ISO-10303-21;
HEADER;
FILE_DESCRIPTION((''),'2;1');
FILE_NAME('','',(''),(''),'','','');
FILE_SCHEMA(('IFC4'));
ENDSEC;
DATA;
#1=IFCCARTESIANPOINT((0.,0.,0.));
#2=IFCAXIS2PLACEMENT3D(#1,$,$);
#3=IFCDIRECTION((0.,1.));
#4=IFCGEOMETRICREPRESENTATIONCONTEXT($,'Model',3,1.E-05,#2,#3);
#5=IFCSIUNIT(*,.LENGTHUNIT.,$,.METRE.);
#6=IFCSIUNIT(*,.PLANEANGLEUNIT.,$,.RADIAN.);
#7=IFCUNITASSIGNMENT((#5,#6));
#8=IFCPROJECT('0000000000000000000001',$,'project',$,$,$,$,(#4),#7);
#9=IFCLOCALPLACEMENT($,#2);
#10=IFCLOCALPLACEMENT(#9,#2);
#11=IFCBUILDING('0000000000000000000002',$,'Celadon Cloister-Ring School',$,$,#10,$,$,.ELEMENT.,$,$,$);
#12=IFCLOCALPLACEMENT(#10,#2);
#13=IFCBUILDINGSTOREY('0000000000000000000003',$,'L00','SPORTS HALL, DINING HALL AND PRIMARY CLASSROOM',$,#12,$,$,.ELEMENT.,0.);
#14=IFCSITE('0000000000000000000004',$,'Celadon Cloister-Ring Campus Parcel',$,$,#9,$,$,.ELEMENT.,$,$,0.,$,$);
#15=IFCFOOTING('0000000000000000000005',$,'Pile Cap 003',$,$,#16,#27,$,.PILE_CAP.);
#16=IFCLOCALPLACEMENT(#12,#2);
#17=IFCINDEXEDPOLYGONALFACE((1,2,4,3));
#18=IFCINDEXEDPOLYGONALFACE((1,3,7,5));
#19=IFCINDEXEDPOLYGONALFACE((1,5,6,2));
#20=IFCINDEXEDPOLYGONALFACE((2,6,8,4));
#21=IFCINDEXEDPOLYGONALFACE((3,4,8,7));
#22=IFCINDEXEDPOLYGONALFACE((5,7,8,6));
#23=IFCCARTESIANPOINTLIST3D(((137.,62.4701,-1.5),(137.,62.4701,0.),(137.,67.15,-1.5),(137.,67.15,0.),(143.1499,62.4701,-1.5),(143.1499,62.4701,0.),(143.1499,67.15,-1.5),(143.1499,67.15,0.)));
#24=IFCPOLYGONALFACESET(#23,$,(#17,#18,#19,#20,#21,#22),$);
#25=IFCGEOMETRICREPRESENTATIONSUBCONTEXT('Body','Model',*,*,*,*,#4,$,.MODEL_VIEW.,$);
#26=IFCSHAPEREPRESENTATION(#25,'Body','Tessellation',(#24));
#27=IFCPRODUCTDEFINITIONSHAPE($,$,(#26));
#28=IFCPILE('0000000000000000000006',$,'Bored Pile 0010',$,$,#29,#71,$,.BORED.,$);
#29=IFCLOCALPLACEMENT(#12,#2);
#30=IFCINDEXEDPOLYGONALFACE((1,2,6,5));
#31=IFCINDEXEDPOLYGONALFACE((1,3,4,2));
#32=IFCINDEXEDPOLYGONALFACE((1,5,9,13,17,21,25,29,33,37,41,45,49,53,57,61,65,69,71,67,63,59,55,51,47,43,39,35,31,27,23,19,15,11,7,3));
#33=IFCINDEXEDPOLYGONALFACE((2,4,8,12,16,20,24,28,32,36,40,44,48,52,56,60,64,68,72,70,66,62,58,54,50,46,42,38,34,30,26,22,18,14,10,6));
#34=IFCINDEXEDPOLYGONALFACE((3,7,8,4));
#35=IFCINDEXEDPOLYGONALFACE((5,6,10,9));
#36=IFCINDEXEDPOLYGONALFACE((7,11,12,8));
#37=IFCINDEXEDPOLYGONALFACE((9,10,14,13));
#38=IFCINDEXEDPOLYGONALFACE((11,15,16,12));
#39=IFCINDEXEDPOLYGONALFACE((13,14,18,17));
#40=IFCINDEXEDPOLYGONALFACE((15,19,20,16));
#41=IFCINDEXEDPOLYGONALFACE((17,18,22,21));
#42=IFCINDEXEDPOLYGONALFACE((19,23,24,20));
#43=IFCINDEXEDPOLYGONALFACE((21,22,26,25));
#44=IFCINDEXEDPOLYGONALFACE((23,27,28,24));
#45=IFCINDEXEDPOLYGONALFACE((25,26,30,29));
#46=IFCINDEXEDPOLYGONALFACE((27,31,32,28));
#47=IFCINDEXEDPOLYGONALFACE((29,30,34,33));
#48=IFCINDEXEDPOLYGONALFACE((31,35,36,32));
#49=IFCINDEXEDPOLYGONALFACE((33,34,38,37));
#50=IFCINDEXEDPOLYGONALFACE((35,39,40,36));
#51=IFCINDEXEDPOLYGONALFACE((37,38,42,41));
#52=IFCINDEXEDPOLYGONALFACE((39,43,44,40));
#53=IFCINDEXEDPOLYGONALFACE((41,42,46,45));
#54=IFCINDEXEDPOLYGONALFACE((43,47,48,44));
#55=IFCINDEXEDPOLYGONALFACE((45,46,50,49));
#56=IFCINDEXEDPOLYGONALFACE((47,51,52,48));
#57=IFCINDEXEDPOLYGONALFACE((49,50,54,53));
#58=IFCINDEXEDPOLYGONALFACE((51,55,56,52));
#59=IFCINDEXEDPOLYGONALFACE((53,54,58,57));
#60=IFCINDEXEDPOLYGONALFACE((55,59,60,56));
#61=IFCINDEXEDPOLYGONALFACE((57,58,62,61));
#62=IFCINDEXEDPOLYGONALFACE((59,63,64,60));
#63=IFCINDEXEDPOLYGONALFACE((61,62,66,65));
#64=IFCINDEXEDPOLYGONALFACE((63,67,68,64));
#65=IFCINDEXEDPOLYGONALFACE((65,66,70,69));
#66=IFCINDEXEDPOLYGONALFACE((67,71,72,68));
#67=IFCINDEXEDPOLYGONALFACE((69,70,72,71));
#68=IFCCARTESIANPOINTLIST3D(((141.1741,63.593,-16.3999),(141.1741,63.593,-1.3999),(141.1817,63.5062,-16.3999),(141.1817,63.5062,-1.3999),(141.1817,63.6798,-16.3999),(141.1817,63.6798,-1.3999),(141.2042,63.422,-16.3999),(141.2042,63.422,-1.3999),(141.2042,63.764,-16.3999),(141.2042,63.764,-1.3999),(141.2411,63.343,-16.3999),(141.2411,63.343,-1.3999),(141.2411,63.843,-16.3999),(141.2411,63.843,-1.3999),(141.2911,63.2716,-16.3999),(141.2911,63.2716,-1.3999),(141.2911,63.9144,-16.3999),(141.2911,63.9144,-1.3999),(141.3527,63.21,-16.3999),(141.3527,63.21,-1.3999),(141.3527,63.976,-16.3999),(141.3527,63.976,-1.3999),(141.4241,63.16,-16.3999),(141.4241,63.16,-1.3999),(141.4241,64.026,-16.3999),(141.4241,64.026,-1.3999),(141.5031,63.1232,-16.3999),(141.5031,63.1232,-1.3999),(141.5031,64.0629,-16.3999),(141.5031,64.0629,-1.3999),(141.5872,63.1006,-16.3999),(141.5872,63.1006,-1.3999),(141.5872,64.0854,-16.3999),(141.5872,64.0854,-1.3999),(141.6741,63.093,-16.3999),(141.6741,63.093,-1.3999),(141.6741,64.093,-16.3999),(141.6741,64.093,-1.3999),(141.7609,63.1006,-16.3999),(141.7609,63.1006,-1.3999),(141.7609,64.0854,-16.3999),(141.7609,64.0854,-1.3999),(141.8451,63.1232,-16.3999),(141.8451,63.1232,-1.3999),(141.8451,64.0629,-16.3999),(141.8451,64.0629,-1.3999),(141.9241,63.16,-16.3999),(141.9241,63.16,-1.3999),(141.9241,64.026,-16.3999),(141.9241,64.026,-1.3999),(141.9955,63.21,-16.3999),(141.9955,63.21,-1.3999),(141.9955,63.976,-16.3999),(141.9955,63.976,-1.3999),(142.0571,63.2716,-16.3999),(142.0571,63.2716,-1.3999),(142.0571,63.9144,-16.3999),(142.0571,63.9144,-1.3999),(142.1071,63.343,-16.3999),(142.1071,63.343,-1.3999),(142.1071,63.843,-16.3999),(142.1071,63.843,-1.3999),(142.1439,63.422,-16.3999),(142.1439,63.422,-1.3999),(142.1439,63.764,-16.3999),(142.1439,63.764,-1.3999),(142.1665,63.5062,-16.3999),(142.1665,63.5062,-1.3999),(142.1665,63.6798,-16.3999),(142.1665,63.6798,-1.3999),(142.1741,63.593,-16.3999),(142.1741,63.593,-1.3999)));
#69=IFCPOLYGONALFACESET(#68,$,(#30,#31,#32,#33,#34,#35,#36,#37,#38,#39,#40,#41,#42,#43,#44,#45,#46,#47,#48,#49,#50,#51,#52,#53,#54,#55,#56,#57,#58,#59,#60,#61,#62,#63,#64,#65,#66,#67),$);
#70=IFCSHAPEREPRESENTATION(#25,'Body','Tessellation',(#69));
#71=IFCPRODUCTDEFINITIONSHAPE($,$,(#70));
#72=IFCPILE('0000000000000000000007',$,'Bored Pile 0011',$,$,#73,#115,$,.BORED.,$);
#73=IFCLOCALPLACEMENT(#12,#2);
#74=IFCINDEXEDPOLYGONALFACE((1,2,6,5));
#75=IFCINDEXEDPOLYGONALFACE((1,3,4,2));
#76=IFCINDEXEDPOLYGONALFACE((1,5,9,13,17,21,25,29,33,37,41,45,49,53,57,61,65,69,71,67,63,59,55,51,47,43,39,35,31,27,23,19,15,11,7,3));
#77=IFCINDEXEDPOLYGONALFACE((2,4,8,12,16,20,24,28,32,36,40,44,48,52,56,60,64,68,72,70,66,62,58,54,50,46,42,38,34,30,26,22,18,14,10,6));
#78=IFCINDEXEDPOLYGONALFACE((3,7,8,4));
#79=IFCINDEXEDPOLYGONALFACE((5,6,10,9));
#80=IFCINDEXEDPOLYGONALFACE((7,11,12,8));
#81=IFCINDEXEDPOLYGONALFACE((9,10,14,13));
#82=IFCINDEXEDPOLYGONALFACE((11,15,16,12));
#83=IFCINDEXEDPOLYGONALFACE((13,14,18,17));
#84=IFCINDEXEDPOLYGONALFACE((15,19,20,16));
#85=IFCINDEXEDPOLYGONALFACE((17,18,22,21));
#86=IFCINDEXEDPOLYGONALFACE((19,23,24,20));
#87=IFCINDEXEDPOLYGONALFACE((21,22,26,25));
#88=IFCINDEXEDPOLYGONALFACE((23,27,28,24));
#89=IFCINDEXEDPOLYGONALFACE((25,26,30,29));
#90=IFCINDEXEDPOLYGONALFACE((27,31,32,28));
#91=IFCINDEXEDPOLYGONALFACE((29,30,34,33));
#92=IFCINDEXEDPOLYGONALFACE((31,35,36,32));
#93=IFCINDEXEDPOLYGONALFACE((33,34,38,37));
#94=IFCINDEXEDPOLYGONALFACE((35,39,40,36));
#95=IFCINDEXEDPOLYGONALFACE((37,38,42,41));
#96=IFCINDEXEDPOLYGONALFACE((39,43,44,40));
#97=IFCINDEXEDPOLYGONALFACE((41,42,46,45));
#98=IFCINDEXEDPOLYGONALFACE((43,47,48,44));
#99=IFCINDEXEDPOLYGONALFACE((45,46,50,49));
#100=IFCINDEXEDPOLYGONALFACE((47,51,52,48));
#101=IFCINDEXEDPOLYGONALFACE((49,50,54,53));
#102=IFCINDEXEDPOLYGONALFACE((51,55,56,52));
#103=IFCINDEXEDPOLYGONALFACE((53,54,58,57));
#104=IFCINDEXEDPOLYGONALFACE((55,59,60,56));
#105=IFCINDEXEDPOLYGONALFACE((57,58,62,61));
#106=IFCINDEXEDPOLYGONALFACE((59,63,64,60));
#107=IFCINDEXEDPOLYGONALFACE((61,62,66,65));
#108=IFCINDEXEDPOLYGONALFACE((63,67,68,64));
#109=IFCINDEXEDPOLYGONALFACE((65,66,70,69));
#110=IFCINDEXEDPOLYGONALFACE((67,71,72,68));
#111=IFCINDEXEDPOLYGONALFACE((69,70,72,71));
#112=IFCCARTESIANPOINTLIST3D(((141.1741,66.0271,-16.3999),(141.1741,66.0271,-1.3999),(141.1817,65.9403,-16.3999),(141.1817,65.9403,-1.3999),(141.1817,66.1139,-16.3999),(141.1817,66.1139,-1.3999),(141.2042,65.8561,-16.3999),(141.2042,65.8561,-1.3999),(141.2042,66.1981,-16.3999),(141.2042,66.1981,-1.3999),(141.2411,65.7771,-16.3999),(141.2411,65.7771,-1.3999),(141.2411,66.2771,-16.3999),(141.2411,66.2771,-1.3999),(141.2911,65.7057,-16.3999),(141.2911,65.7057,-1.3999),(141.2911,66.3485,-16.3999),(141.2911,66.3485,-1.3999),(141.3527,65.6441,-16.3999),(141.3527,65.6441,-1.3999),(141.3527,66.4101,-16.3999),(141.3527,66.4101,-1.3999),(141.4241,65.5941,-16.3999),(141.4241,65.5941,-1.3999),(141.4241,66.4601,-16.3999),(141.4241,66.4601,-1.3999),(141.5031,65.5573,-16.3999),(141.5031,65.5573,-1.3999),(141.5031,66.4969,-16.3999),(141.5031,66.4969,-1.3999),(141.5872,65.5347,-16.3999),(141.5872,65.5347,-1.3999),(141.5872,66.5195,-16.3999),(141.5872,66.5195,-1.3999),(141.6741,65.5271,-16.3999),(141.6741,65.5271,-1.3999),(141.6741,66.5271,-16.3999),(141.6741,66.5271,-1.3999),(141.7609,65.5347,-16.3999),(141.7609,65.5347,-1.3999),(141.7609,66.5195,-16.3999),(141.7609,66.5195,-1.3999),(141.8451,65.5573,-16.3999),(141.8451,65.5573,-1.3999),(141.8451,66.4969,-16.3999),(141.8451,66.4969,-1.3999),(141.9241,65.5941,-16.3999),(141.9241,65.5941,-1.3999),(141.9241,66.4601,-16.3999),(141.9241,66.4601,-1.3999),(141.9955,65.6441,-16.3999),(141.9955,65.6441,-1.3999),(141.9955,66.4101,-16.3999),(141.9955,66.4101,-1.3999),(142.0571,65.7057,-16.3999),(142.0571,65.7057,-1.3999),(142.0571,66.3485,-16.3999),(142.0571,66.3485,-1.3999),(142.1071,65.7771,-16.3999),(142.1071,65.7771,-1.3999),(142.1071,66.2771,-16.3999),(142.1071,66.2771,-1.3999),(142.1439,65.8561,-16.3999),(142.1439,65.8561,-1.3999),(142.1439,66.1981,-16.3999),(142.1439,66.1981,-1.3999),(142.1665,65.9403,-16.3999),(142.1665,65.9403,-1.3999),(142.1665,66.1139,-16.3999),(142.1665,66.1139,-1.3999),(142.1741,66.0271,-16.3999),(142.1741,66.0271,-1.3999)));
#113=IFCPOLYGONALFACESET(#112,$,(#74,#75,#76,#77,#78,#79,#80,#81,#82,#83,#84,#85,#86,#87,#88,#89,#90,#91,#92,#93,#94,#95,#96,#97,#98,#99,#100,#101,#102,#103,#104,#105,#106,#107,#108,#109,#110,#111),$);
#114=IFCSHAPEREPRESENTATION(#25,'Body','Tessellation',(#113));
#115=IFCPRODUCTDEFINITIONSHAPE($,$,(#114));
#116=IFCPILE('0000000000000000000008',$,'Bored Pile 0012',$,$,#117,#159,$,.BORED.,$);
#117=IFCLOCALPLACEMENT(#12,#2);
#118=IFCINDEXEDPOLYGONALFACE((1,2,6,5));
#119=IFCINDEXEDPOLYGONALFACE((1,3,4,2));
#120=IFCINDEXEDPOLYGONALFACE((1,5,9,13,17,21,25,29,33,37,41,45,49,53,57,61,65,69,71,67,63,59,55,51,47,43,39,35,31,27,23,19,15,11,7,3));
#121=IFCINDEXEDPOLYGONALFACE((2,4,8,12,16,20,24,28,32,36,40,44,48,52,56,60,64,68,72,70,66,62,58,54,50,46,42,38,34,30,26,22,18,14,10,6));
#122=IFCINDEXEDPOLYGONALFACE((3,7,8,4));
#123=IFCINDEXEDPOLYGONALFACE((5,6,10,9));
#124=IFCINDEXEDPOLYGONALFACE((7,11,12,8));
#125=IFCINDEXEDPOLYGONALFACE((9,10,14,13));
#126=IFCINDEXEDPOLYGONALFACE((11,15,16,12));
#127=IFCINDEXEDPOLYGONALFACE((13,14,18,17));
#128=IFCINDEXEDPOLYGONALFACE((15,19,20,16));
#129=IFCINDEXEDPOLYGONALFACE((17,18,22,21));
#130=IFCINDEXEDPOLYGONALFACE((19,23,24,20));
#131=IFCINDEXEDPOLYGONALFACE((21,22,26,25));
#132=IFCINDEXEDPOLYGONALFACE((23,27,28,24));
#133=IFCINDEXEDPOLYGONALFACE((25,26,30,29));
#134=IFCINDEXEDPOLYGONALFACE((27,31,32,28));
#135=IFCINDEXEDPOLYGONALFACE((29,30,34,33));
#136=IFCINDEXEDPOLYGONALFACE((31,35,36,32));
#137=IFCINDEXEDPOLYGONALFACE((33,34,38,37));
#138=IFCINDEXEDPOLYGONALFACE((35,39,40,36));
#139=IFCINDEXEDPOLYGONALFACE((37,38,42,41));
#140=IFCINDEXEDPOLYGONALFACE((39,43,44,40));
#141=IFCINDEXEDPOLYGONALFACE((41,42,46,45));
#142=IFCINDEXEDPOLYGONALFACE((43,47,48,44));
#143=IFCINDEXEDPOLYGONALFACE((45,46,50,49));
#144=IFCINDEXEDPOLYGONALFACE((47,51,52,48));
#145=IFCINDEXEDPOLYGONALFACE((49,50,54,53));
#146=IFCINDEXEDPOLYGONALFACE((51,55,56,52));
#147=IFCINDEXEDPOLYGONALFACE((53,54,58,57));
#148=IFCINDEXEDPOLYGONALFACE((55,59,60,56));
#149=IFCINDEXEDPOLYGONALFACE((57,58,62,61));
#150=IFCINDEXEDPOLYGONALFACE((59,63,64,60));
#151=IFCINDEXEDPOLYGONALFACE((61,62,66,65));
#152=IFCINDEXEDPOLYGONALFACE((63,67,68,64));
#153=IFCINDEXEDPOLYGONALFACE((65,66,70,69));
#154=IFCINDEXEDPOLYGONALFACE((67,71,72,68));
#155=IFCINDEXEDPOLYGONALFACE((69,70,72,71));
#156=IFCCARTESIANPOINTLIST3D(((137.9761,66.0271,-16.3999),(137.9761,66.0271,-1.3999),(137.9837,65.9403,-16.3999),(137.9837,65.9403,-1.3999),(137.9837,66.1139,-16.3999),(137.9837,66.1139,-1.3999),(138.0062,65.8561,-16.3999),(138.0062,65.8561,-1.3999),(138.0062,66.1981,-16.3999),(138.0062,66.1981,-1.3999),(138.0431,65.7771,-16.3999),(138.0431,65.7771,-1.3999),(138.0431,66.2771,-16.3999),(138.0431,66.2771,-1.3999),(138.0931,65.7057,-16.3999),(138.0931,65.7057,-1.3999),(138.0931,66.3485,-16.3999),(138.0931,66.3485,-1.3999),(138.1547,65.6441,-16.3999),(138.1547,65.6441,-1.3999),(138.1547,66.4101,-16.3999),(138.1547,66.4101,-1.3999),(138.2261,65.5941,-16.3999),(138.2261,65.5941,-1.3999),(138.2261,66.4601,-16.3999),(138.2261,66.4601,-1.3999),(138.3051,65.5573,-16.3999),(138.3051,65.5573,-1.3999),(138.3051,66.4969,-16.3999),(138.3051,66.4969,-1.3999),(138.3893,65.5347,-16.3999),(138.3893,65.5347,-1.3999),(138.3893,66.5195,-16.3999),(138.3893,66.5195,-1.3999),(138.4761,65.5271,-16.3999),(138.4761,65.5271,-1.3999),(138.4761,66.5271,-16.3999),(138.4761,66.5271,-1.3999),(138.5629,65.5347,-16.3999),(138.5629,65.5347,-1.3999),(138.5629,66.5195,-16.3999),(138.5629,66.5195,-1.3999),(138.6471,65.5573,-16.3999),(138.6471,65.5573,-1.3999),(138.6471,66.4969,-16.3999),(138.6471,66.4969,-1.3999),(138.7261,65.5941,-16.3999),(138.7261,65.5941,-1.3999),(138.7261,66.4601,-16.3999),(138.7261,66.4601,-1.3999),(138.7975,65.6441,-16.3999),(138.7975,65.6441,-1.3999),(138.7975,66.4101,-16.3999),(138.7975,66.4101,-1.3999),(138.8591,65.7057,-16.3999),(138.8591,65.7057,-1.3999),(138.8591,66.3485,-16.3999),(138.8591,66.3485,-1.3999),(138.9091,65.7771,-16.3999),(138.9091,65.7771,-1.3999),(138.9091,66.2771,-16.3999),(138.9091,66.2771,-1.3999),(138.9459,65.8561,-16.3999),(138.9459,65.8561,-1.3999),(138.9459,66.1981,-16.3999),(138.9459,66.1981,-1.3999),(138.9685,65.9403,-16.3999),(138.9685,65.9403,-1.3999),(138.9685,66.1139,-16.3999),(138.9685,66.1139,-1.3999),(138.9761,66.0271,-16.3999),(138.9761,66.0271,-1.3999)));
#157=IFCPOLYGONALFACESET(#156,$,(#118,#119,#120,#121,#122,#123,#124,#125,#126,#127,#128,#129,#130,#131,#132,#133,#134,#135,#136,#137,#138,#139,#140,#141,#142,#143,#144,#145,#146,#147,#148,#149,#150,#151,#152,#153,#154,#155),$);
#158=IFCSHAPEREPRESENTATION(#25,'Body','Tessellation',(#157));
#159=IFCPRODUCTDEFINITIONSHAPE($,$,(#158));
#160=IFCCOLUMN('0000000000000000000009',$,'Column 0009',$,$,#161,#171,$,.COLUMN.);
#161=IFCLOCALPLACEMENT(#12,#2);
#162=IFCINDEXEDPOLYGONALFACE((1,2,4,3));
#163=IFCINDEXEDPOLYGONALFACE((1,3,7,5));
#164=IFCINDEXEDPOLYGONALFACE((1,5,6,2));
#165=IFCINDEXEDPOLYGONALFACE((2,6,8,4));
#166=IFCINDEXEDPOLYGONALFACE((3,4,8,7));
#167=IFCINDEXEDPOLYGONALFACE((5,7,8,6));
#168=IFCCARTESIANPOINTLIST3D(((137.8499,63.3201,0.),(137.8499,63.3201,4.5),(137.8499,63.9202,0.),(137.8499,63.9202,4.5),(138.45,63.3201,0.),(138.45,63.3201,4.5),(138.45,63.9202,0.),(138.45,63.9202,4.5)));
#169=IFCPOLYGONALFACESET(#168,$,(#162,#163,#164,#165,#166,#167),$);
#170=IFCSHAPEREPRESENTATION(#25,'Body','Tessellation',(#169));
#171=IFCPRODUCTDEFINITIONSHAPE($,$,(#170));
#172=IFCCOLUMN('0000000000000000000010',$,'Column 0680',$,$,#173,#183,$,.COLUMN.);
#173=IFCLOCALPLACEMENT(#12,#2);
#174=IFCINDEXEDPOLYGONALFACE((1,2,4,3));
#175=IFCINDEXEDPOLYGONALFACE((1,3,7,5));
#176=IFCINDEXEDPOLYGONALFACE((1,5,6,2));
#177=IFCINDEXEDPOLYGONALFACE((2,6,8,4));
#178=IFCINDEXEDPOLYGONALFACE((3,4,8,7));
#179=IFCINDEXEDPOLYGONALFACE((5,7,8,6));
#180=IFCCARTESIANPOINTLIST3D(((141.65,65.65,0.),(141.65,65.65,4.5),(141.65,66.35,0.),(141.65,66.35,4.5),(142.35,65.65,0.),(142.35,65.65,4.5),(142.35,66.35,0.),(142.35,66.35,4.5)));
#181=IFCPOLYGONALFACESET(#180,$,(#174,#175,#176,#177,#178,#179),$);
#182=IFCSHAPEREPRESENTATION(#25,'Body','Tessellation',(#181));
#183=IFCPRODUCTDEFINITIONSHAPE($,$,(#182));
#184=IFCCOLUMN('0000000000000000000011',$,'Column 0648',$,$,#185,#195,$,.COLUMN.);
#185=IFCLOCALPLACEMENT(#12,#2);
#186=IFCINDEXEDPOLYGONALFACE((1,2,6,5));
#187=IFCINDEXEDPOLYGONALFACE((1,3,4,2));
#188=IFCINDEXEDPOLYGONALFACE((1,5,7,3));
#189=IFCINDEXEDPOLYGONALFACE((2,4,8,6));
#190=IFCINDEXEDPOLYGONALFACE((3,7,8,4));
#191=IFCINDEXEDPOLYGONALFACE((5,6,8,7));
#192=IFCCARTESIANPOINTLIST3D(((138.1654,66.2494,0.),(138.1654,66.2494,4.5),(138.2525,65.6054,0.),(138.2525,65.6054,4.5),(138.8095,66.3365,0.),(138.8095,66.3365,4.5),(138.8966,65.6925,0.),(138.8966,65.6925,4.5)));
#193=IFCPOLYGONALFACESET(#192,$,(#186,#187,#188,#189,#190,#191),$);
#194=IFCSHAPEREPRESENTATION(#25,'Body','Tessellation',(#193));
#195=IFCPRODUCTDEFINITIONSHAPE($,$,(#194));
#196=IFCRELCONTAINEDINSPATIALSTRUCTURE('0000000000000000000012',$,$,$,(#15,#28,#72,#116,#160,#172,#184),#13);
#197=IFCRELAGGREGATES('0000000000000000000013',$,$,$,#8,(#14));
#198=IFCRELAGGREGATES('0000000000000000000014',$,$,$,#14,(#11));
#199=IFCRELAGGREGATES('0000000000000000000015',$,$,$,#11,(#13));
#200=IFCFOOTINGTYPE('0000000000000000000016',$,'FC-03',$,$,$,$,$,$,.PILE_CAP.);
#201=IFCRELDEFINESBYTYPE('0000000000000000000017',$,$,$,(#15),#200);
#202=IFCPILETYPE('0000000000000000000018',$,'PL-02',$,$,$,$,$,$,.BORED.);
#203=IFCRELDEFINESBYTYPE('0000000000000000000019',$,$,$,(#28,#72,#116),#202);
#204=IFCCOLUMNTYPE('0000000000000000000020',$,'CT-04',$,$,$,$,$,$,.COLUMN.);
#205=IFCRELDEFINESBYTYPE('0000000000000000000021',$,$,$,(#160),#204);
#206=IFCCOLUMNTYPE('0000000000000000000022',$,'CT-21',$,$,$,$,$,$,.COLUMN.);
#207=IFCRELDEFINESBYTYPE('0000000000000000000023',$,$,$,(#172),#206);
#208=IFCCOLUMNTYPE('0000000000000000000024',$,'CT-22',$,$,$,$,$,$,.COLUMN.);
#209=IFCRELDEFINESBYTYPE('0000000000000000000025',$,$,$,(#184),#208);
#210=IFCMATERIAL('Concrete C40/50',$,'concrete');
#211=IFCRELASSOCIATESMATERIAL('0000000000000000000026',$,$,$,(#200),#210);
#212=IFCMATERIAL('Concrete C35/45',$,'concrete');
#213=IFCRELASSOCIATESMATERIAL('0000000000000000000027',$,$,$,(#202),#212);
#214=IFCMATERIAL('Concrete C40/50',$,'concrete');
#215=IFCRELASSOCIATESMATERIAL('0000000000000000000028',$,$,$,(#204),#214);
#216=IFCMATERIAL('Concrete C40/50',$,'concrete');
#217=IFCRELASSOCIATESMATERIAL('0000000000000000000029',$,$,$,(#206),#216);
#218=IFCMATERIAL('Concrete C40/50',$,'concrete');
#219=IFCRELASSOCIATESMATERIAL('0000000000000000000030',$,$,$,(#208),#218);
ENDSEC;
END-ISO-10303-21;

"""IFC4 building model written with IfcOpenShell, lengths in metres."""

from ifc_helpers import new_model, si_unit, direction, frame, origin, origin_2d, place, context, subcontext, project, spatial, rectangle, circle, extrude, material, material_profile, profile_set, type_object, element, save


model = new_model("IFC4")

# Units and contexts
model_context = context("Model", 3, precision=1e-05, world=origin(), true_north=direction((0.0, 1.0)))
body_context = subcontext(model_context, "Body", "Model", "MODEL_VIEW")
ifc_project = project(units=[si_unit("LENGTHUNIT", "METRE"), si_unit("PLANEANGLEUNIT", "RADIAN")], contexts=[model_context])

# Site, building, storey
site_placement = place(None, origin())
site = spatial("IfcSite", under=ifc_project, at=site_placement, Name="Celadon Cloister-Ring Campus Parcel", CompositionType="ELEMENT", RefElevation=0.0)
building_placement = place(site_placement, origin())
building = spatial("IfcBuilding", under=site, at=building_placement, Name="Celadon Cloister-Ring School", CompositionType="ELEMENT")
storey_placement = place(building_placement, origin())
storey = spatial("IfcBuildingStorey", under=building, at=storey_placement, Name="L00", Description="SPORTS HALL, DINING HALL AND PRIMARY CLASSROOM", CompositionType="ELEMENT", Elevation=0.0)

# Footing
ifc_material_1 = material(Name="Concrete C40/50", Category="concrete")
footing_type = type_object("IfcFootingType", Name="FC-03", PredefinedType="PILE_CAP", material=ifc_material_1)
footing_placement = place(storey_placement, frame((140.075, 64.8101, -1.5), z_axis=(0.0, 0.0, 1.0), x_axis=(1.0, 0.0, 0.0)))
element("IfcFooting", 1, at=footing_placement, inside=storey, type_object=footing_type, Name="Pile Cap 003", PredefinedType="PILE_CAP", context=body_context, shape_type="SweptSolid", body=[
    extrude(rectangle(XDim=6.1499, YDim=4.6799, at=origin_2d()), origin(), (0.0, 0.0, 1.0), 1.5),
])

# Piles
ifc_material_2 = material(Name="Concrete C35/45", Category="concrete")
ifc_material_profile_1 = material_profile(ifc_material_2, circle(Radius=0.5, at=origin_2d()), Name="PILE1000")
ifc_profile_set_1 = profile_set([ifc_material_profile_1], Name="Concrete C35/45")
pile_type = type_object("IfcPileType", Name="PL-02", PredefinedType="BORED", material=ifc_profile_set_1)
for number, where, z_axis, x_axis, name in (
    (2, (141.6741, 63.593, -1.3999), (0.0, 0.0, -1.0), (1.0, 0.0, 0.0), "Bored Pile 0010"),
    (3, (141.6741, 66.0271, -1.3999), (0.0, 0.0, -1.0), (1.0, 0.0, 0.0), "Bored Pile 0011"),
    (4, (138.4761, 66.0271, -1.3999), (0.0, 0.0, -1.0), (1.0, 0.0, 0.0), "Bored Pile 0012"),
):
    element("IfcPile", number, at=place(storey_placement, frame(where, z_axis=z_axis, x_axis=x_axis)), inside=storey, type_object=pile_type, Name=name, PredefinedType="BORED", context=body_context, shape_type="SweptSolid", body=[
        extrude(circle(Radius=0.5, at=origin_2d()), origin(), (0.0, 0.0, 1.0), 15.0),
    ])

# Columns
ifc_material_3 = material(Name="Concrete C40/50", Category="concrete")
ifc_material_profile_2 = material_profile(ifc_material_3, rectangle(XDim=0.6001, YDim=0.6001, at=origin_2d()), Name="RC600X600")
ifc_profile_set_2 = profile_set([ifc_material_profile_2], Name="Concrete C40/50")
column_type_1 = type_object("IfcColumnType", Name="CT-04", PredefinedType="COLUMN", material=ifc_profile_set_2)
column_1_placement = place(storey_placement, frame((138.1499, 63.6201, 0.0), z_axis=(0.0, 0.0, 1.0), x_axis=(1.0, 0.0, 0.0)))
element("IfcColumn", 5, at=column_1_placement, inside=storey, type_object=column_type_1, Name="Column 0009", PredefinedType="COLUMN", context=body_context, shape_type="SweptSolid", body=[
    extrude(rectangle(XDim=0.6001, YDim=0.6001, at=origin_2d()), origin(), (0.0, 0.0, 1.0), 4.5),
])
ifc_material_4 = material(Name="Concrete C40/50", Category="concrete")
ifc_material_profile_3 = material_profile(ifc_material_4, rectangle(XDim=0.7, YDim=0.7, at=origin_2d()), Name="RC700X700")
ifc_profile_set_3 = profile_set([ifc_material_profile_3], Name="Concrete C40/50")
column_type_2 = type_object("IfcColumnType", Name="CT-21", PredefinedType="COLUMN", material=ifc_profile_set_3)
column_2_placement = place(storey_placement, frame((142.0, 66.0, 0.0), z_axis=(0.0, 0.0, 1.0), x_axis=(1.0, 0.0, 0.0)))
element("IfcColumn", 6, at=column_2_placement, inside=storey, type_object=column_type_2, Name="Column 0680", PredefinedType="COLUMN", context=body_context, shape_type="SweptSolid", body=[
    extrude(rectangle(XDim=0.7, YDim=0.7, at=origin_2d()), origin(), (0.0, 0.0, 1.0), 4.5),
])
ifc_material_5 = material(Name="Concrete C40/50", Category="concrete")
ifc_material_profile_4 = material_profile(ifc_material_5, rectangle(XDim=0.6499, YDim=0.6499, at=origin_2d()), Name="RC650X650")
ifc_profile_set_4 = profile_set([ifc_material_profile_4], Name="Concrete C40/50")
column_type_3 = type_object("IfcColumnType", Name="CT-22", PredefinedType="COLUMN", material=ifc_profile_set_4)
column_3_placement = place(storey_placement, frame((138.531, 65.9709, 0.0), z_axis=(0.0, 0.0, 1.0), x_axis=(0.990974, 0.134055, 0.0)))
element("IfcColumn", 7, at=column_3_placement, inside=storey, type_object=column_type_3, Name="Column 0648", PredefinedType="COLUMN", context=body_context, shape_type="SweptSolid", body=[
    extrude(rectangle(XDim=0.6499, YDim=0.6499, at=origin_2d()), origin(), (0.0, 0.0, 1.0), 4.5),
])

save(model, "model.ifc")
